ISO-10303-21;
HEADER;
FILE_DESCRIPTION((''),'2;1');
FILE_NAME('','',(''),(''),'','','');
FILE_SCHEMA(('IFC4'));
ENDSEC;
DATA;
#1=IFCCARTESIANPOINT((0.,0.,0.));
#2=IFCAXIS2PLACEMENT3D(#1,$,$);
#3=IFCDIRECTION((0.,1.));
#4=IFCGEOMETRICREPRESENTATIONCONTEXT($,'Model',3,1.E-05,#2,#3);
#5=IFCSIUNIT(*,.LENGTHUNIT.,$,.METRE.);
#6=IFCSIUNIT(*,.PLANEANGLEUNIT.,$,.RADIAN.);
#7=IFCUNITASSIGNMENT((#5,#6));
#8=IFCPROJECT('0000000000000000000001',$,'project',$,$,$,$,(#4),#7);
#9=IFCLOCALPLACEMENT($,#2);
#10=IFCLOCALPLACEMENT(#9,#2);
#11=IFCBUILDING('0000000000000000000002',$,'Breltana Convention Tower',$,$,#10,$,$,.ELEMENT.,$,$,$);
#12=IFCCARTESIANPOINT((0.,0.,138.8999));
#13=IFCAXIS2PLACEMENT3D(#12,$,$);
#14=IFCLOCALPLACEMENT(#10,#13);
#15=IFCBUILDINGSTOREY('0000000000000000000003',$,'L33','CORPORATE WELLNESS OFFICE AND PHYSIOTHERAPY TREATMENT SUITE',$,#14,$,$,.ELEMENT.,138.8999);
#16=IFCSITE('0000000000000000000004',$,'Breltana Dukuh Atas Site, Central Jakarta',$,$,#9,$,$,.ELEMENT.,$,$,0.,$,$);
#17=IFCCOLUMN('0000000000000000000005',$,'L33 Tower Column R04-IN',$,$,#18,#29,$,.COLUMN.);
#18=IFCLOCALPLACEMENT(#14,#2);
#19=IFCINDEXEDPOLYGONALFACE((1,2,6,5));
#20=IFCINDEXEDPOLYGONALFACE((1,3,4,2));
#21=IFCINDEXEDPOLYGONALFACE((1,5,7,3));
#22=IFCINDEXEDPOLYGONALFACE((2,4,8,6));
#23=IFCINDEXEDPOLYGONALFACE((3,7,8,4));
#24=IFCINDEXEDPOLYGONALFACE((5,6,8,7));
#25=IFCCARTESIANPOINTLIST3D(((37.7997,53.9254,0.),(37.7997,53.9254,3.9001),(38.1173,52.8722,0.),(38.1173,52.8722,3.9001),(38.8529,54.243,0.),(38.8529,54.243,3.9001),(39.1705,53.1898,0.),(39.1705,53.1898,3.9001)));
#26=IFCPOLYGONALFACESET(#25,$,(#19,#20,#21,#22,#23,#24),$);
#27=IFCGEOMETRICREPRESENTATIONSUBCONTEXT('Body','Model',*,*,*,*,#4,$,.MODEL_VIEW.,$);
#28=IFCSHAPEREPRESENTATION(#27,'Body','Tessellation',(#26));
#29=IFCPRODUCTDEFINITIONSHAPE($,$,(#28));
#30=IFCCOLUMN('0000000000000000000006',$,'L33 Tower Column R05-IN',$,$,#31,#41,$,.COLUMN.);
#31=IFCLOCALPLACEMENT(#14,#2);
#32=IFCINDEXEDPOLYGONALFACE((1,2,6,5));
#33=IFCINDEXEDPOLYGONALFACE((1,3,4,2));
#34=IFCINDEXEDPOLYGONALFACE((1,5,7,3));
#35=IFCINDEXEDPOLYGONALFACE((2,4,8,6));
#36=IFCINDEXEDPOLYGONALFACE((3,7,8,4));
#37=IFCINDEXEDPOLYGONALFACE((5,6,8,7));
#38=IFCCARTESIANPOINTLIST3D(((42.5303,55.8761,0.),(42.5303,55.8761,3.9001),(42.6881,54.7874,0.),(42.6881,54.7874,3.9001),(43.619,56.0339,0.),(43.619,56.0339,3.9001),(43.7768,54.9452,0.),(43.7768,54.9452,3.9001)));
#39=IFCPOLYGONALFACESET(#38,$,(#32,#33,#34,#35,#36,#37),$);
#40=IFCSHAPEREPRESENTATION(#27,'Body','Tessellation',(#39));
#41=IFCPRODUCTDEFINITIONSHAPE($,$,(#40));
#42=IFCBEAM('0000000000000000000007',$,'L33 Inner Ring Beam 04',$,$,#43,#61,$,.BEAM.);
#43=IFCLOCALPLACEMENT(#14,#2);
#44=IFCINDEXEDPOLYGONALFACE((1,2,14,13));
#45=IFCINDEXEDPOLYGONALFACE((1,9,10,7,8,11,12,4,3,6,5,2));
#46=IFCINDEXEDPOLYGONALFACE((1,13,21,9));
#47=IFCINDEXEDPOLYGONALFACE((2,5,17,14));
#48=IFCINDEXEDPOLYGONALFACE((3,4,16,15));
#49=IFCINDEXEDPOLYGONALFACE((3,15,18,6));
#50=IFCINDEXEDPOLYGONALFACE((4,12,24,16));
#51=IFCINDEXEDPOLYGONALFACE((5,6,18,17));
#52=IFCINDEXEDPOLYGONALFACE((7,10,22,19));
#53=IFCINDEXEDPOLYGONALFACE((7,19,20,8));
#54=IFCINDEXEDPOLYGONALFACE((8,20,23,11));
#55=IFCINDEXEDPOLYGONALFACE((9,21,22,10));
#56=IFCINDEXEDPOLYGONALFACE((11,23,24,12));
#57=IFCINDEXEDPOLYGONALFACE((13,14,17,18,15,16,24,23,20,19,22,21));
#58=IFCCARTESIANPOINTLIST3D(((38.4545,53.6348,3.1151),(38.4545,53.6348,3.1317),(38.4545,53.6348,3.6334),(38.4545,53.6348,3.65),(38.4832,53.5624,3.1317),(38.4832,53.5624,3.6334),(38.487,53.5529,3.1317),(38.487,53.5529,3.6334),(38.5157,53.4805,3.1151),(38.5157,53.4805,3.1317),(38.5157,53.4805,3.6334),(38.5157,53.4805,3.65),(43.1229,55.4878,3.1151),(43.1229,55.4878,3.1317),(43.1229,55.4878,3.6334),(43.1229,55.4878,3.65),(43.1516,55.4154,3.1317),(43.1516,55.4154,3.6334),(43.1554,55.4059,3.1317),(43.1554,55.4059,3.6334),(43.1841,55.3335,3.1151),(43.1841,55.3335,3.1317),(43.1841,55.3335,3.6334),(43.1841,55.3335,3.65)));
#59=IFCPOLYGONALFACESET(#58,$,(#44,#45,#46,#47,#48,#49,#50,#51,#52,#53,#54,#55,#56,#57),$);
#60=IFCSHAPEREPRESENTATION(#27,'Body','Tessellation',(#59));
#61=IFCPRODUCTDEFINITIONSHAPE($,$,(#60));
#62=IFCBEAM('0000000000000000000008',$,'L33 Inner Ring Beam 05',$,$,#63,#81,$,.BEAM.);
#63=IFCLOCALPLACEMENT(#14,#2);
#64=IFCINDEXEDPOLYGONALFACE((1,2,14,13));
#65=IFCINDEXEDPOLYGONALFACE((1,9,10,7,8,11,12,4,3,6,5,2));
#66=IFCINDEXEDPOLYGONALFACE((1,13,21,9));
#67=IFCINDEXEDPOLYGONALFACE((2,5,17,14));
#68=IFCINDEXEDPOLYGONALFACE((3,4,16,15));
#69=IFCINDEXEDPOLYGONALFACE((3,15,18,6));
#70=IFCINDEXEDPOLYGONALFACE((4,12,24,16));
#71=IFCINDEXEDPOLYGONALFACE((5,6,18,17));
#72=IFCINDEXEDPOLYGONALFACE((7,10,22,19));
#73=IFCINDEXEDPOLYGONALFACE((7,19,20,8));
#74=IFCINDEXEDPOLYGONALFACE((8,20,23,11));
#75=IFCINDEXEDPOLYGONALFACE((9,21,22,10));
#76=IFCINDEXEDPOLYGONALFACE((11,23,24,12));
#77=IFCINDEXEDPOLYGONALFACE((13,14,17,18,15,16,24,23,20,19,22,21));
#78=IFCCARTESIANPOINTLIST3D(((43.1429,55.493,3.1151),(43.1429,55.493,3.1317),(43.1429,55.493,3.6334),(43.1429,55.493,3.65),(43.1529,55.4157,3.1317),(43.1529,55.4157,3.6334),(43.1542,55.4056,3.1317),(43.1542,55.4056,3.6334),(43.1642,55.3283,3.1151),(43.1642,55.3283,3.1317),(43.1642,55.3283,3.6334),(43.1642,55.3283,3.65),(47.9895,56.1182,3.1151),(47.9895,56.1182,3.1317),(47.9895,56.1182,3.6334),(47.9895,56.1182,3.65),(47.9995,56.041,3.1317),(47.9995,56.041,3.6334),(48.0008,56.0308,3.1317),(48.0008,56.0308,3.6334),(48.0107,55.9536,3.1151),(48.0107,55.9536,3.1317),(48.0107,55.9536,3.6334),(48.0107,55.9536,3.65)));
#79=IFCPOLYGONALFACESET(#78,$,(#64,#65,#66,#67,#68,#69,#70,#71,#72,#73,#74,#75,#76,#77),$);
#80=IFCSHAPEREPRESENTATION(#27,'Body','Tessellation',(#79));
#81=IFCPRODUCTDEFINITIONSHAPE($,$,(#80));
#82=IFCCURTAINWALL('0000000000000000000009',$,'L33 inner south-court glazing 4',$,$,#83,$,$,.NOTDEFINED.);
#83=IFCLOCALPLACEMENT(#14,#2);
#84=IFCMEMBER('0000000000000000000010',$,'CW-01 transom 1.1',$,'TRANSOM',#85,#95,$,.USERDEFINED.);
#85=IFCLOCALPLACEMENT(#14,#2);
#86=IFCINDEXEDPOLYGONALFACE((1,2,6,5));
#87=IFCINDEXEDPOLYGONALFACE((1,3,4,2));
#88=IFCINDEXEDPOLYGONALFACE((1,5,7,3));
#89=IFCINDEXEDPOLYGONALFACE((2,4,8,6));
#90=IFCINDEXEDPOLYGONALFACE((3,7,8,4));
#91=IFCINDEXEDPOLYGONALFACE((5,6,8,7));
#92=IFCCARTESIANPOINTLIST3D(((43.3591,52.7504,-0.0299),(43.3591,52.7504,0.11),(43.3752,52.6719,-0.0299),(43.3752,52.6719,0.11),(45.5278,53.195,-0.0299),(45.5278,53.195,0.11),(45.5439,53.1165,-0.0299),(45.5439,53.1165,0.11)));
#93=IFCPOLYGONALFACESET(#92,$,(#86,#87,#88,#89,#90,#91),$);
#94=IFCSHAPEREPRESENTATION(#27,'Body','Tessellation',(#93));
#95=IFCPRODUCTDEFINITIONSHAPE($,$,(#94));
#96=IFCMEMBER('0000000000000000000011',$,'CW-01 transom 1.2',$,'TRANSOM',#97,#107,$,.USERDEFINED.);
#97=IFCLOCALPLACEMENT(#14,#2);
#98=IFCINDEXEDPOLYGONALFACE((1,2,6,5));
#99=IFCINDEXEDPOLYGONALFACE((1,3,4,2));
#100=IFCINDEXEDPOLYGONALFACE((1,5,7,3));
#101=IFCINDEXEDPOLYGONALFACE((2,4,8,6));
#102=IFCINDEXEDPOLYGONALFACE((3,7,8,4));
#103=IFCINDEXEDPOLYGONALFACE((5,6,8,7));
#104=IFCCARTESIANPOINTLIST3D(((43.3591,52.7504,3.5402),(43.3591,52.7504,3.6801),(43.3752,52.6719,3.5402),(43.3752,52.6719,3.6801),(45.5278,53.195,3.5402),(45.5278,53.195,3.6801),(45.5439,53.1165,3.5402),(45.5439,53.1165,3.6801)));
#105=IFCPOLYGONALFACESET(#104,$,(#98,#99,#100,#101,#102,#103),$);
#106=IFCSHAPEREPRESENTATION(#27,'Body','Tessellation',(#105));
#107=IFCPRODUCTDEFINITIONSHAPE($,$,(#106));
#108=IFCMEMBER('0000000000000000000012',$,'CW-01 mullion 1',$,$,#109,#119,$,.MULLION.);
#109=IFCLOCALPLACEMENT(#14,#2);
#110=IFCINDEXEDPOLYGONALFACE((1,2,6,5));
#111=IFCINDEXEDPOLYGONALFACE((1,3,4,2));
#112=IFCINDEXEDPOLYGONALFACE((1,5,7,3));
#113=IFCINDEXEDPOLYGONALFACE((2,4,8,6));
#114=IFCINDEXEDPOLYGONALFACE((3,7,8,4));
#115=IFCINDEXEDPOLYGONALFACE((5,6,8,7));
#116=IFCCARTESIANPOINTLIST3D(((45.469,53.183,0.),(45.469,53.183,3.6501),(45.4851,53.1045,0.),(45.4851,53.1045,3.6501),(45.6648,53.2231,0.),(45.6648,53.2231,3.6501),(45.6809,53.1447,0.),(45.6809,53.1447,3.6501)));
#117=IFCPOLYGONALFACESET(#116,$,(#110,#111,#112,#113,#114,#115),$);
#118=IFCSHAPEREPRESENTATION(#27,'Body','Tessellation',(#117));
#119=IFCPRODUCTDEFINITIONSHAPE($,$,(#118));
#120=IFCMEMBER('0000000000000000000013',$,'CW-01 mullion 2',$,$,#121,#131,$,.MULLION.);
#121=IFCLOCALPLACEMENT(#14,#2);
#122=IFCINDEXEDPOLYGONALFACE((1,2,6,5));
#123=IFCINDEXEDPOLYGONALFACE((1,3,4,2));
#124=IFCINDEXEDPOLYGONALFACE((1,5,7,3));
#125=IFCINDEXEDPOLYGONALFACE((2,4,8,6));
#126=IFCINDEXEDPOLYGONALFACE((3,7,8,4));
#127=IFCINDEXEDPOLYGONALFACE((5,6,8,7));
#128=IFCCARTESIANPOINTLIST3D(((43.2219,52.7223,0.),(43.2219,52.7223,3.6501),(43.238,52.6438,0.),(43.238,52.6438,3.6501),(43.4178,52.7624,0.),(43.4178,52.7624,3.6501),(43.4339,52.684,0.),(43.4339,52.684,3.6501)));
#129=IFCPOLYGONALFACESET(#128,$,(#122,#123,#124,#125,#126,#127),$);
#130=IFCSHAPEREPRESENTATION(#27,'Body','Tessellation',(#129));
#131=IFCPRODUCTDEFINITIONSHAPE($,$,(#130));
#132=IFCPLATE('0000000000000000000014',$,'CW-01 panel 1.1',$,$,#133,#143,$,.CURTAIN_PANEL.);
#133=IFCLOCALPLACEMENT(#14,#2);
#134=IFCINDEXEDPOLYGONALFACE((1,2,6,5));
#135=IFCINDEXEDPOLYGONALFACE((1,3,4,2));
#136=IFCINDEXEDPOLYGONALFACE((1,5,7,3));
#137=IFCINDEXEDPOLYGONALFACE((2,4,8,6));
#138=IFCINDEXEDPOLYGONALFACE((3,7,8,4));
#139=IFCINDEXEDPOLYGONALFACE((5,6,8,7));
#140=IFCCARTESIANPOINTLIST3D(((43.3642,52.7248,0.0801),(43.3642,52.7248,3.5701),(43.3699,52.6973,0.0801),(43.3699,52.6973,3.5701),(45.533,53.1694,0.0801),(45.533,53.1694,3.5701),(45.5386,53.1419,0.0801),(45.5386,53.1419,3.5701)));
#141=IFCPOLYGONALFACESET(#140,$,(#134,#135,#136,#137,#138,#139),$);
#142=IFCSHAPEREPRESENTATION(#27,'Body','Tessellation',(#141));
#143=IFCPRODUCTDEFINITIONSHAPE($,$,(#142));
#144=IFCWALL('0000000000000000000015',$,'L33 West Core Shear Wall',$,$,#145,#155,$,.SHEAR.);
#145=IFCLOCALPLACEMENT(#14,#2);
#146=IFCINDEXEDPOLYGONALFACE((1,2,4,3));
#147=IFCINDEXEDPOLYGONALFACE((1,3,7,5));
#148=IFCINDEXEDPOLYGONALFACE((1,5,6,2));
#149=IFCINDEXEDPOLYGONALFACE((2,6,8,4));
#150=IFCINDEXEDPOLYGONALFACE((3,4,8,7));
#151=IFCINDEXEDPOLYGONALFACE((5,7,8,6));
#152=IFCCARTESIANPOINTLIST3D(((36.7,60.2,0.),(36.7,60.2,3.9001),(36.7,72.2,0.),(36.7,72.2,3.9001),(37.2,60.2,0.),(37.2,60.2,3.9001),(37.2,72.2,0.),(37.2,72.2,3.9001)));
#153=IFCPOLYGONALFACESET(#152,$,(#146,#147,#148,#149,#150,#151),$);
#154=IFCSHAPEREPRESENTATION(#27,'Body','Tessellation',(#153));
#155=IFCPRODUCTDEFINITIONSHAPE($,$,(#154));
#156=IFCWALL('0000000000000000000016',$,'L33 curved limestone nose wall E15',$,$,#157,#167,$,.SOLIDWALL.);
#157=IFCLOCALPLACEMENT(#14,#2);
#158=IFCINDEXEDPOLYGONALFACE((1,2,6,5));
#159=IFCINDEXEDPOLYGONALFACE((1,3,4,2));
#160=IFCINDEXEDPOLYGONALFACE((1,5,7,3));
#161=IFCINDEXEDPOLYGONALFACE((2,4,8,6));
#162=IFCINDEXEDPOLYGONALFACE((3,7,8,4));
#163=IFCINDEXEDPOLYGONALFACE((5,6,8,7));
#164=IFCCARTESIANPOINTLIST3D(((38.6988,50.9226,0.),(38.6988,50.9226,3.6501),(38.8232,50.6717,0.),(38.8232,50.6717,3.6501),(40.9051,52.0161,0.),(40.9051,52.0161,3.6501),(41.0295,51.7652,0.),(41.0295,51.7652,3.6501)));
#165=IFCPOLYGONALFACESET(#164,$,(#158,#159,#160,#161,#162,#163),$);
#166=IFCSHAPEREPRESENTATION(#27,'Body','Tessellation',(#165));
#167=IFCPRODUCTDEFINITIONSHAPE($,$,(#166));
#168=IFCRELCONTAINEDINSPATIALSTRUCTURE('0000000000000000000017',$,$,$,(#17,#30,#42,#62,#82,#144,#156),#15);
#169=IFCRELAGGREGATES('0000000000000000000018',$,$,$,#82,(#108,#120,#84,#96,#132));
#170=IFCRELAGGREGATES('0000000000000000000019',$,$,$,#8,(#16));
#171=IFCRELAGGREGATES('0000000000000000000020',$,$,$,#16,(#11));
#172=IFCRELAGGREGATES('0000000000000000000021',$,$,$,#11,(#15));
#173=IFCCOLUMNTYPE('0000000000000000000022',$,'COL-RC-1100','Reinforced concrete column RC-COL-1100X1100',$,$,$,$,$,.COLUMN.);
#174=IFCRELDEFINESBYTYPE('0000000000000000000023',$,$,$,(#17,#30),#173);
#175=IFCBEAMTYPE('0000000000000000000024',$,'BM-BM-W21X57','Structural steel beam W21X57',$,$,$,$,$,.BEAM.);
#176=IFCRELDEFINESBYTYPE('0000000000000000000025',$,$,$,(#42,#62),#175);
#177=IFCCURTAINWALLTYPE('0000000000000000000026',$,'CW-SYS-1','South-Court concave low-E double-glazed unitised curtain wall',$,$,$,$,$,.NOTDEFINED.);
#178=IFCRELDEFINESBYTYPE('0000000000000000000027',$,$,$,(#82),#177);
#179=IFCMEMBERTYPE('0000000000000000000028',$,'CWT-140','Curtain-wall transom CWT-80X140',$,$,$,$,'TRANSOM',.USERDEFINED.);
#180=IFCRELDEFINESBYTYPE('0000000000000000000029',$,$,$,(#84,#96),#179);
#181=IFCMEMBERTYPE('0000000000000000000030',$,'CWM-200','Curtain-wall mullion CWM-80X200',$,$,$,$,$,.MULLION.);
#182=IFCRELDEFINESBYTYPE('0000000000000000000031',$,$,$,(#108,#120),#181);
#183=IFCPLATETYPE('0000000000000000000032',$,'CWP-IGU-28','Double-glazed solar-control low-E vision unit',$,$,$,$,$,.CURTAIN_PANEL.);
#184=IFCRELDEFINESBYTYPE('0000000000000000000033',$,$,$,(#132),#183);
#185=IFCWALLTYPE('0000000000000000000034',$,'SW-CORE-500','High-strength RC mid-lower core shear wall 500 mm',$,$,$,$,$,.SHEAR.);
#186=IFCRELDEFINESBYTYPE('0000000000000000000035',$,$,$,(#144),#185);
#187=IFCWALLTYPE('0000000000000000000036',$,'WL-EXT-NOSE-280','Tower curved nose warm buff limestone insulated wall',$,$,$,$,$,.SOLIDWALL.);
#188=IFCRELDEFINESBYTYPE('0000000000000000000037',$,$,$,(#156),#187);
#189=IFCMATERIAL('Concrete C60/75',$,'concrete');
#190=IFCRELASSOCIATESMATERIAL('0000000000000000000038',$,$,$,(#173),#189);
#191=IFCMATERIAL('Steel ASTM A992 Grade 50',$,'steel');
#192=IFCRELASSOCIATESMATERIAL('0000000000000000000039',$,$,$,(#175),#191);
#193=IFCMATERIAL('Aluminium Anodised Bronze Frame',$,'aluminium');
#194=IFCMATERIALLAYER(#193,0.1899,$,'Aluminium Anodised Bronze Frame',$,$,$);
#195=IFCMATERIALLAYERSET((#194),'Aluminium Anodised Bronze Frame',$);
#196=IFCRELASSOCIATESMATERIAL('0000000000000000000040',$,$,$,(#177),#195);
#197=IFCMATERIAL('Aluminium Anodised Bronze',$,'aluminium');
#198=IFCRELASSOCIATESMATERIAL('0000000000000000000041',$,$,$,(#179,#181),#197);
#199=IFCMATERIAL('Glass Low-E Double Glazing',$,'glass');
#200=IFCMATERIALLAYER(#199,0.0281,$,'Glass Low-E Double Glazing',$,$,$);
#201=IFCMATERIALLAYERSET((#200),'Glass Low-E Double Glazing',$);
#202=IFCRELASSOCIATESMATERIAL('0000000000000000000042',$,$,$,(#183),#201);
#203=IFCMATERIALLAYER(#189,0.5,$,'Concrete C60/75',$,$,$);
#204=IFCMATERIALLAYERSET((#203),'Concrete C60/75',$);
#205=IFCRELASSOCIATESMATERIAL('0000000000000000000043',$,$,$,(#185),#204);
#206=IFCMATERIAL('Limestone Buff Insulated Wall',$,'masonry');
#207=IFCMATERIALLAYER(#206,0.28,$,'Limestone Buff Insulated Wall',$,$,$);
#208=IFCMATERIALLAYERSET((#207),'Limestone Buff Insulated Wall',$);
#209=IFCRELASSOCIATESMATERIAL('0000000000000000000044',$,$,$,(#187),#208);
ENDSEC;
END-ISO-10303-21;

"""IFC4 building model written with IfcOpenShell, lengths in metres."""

from ifc_helpers import new_model, si_unit, direction, frame, frame_2d, origin, origin_2d, place, context, subcontext, project, spatial, rectangle, i_section, extrude, source, transform, mapped, material, layer, layer_set, material_profile, profile_set, type_object, element, aggregate, save


model = new_model("IFC4")

# Units and contexts
model_context = context("Model", 3, precision=1e-05, world=origin(), true_north=direction((0.0, 1.0)))
body_context = subcontext(model_context, "Body", "Model", "MODEL_VIEW")
ifc_project = project(units=[si_unit("LENGTHUNIT", "METRE"), si_unit("PLANEANGLEUNIT", "RADIAN")], contexts=[model_context])

# Site, building, storey
site_placement = place(None, origin())
site = spatial("IfcSite", under=ifc_project, at=site_placement, Name="Breltana Dukuh Atas Site, Central Jakarta", CompositionType="ELEMENT", RefElevation=0.0)
building_placement = place(site_placement, origin())
building = spatial("IfcBuilding", under=site, at=building_placement, Name="Breltana Convention Tower", CompositionType="ELEMENT")
storey_placement = place(building_placement, frame((0.0, 0.0, 138.8999)))
storey = spatial("IfcBuildingStorey", under=building, at=storey_placement, Name="L33", Description="CORPORATE WELLNESS OFFICE AND PHYSIOTHERAPY TREATMENT SUITE", CompositionType="ELEMENT", Elevation=138.8999)

# Columns
ifc_material_1 = material(Name="Concrete C60/75", Category="concrete")
ifc_material_profile_1 = material_profile(ifc_material_1, rectangle(XDim=1.1001, YDim=1.1001, at=origin_2d()), Name="RC-COL-1100X1100")
ifc_profile_set_1 = profile_set([ifc_material_profile_1], Name="Concrete C60/75")
column_type = type_object("IfcColumnType", Name="COL-RC-1100", Description="Reinforced concrete column RC-COL-1100X1100", PredefinedType="COLUMN", material=ifc_profile_set_1)
shared_shape_1 = source(origin(), body_context, "Body", "SweptSolid", [
    extrude(rectangle(XDim=1.1001, YDim=1.1001, at=origin_2d()), origin(), (0.0, 0.0, 1.0), 3.9001),
])
for number, where, z_axis, x_axis, name in (
    (1, (38.4851, 53.5576, 0.0), (0.0, 0.0, 1.0), (-0.288698, 0.95742, 0.0), "L33 Tower Column R04-IN"),
    (2, (43.1536, 55.4106, 0.0), (0.0, 0.0, 1.0), (-0.143493, 0.989651, 0.0), "L33 Tower Column R05-IN"),
):
    element("IfcColumn", number, at=place(storey_placement, frame(where, z_axis=z_axis, x_axis=x_axis)), inside=storey, type_object=column_type, Name=name, PredefinedType="COLUMN", context=body_context, shape_type="MappedRepresentation", body=[
        mapped(shared_shape_1, transform((0.0, 0.0, 0.0), scale=1.0)),
    ])

# Beams
ifc_material_2 = material(Name="Steel ASTM A992 Grade 50", Category="steel")
ifc_material_profile_2 = material_profile(ifc_material_2, i_section(OverallWidth=0.166, OverallDepth=0.5349, WebThickness=0.0103, FlangeThickness=0.0166, at=origin_2d()), Name="W21X57")
ifc_profile_set_2 = profile_set([ifc_material_profile_2], Name="Steel ASTM A992 Grade 50")
beam_type = type_object("IfcBeamType", Name="BM-BM-W21X57", Description="Structural steel beam W21X57", PredefinedType="BEAM", material=ifc_profile_set_2)
shared_shape_2 = source(origin(), body_context, "Body", "SweptSolid", [
    extrude(i_section(OverallWidth=0.166, OverallDepth=0.5349, WebThickness=0.0103, FlangeThickness=0.0166, at=origin_2d()), origin(), (0.0, 0.0, 1.0), 5.0227),
])
beam_1_placement = place(storey_placement, frame((38.4851, 53.5576, 3.3826), z_axis=(0.929459, 0.368926, 0.0), x_axis=(-0.368926, 0.929459, 0.0)))
element("IfcBeam", 3, at=beam_1_placement, inside=storey, type_object=beam_type, Name="L33 Inner Ring Beam 04", PredefinedType="BEAM", context=body_context, shape_type="MappedRepresentation", body=[
    mapped(shared_shape_2, transform((0.0, 0.0, 0.0), scale=1.0)),
])
shared_shape_3 = source(origin(), body_context, "Body", "SweptSolid", [
    extrude(i_section(OverallWidth=0.166, OverallDepth=0.5349, WebThickness=0.0103, FlangeThickness=0.0166, at=origin_2d()), origin(), (0.0, 0.0, 1.0), 4.8867),
])
beam_2_placement = place(storey_placement, frame((43.1536, 55.4106, 3.3826), z_axis=(0.991781, 0.127951, 0.0), x_axis=(-0.127951, 0.991781, 0.0)))
element("IfcBeam", 4, at=beam_2_placement, inside=storey, type_object=beam_type, Name="L33 Inner Ring Beam 05", PredefinedType="BEAM", context=body_context, shape_type="MappedRepresentation", body=[
    mapped(shared_shape_3, transform((0.0, 0.0, 0.0), scale=1.0)),
])

# Curtain wall, members, plate
ifc_material_3 = material(Name="Aluminium Anodised Bronze Frame", Category="aluminium")
ifc_layer_1 = layer(ifc_material_3, 0.1899, Name="Aluminium Anodised Bronze Frame")
ifc_layer_set_1 = layer_set([ifc_layer_1], Name="Aluminium Anodised Bronze Frame")
curtain_wall_type = type_object("IfcCurtainWallType", Name="CW-SYS-1", Description="South-Court concave low-E double-glazed unitised curtain wall", PredefinedType="NOTDEFINED", material=ifc_layer_set_1)
curtain_wall_placement = place(storey_placement, origin())
curtain_wall = element("IfcCurtainWall", 5, at=curtain_wall_placement, inside=storey, type_object=curtain_wall_type, Name="L33 inner south-court glazing 4", PredefinedType="NOTDEFINED")
ifc_material_4 = material(Name="Aluminium Anodised Bronze", Category="aluminium")
ifc_material_profile_3 = material_profile(ifc_material_4, rectangle(XDim=0.0801, YDim=0.1399, at=origin_2d()), Name="CWT-80X140")
ifc_profile_set_3 = profile_set([ifc_material_profile_3], Name="Aluminium Anodised Bronze")
member_type_1 = type_object("IfcMemberType", Name="CWT-140", Description="Curtain-wall transom CWT-80X140", ElementType="TRANSOM", PredefinedType="USERDEFINED", material=ifc_profile_set_3)
shared_shape_4 = source(origin(), body_context, "Body", "SweptSolid", [
    extrude(rectangle(XDim=0.0801, YDim=0.1399, at=origin_2d()), origin(), (0.0, 0.0, 1.0), 2.2139),
])
member_1_placement = place(storey_placement, frame((45.5359, 53.1558, 0.04), z_axis=(-0.979628, -0.200822, 0.0), x_axis=(0.200822, -0.979628, 0.0)))
member_1 = element("IfcMember", 6, at=member_1_placement, type_object=member_type_1, Name="CW-01 transom 1.1", ObjectType="TRANSOM", PredefinedType="USERDEFINED", context=body_context, shape_type="MappedRepresentation", body=[
    mapped(shared_shape_4, transform((0.0, 0.0, 0.0), scale=1.0)),
])
member_2_placement = place(storey_placement, frame((45.5359, 53.1558, 3.6101), z_axis=(-0.979628, -0.200822, 0.0), x_axis=(0.200822, -0.979628, 0.0)))
member_2 = element("IfcMember", 7, at=member_2_placement, type_object=member_type_1, Name="CW-01 transom 1.2", ObjectType="TRANSOM", PredefinedType="USERDEFINED", context=body_context, shape_type="MappedRepresentation", body=[
    mapped(shared_shape_4, transform((0.0, 0.0, 0.0), scale=1.0)),
])
ifc_material_profile_4 = material_profile(ifc_material_4, rectangle(XDim=0.0801, YDim=0.2, at=origin_2d()), Name="CWM-80X200")
ifc_profile_set_4 = profile_set([ifc_material_profile_4], Name="Aluminium Anodised Bronze")
member_type_2 = type_object("IfcMemberType", Name="CWM-200", Description="Curtain-wall mullion CWM-80X200", PredefinedType="MULLION", material=ifc_profile_set_4)
shared_shape_5 = source(origin(), body_context, "Body", "SweptSolid", [
    extrude(rectangle(XDim=0.0801, YDim=0.2, at=origin_2d()), origin(), (0.0, 0.0, 1.0), 3.6501),
])
member_3_placement = place(storey_placement, frame((45.575, 53.1638, 0.0), z_axis=(0.0, 0.0, 1.0), x_axis=(0.200853, -0.979621, 0.0)))
member_3 = element("IfcMember", 8, at=member_3_placement, type_object=member_type_2, Name="CW-01 mullion 1", PredefinedType="MULLION", context=body_context, shape_type="MappedRepresentation", body=[
    mapped(shared_shape_5, transform((0.0, 0.0, 0.0), scale=1.0)),
])
member_4_placement = place(storey_placement, frame((43.3279, 52.7031, 0.0), z_axis=(0.0, 0.0, 1.0), x_axis=(0.200853, -0.979621, 0.0)))
member_4 = element("IfcMember", 9, at=member_4_placement, type_object=member_type_2, Name="CW-01 mullion 2", PredefinedType="MULLION", context=body_context, shape_type="MappedRepresentation", body=[
    mapped(shared_shape_5, transform((0.0, 0.0, 0.0), scale=1.0)),
])
ifc_material_5 = material(Name="Glass Low-E Double Glazing", Category="glass")
ifc_layer_2 = layer(ifc_material_5, 0.0281, Name="Glass Low-E Double Glazing")
ifc_layer_set_2 = layer_set([ifc_layer_2], Name="Glass Low-E Double Glazing")
plate_type = type_object("IfcPlateType", Name="CWP-IGU-28", Description="Double-glazed solar-control low-E vision unit", PredefinedType="CURTAIN_PANEL", material=ifc_layer_set_2)
shared_shape_6 = source(origin(), body_context, "Body", "SweptSolid", [
    extrude(rectangle(XDim=2.2139, YDim=0.0281, at=origin_2d()), origin(), (0.0, 0.0, 1.0), 3.49),
])
plate_placement = place(storey_placement, frame((44.4514, 52.9333, 0.0801), z_axis=(0.0, 0.0, 1.0), x_axis=(-0.979621, -0.200853, 0.0)))
plate = element("IfcPlate", 10, at=plate_placement, type_object=plate_type, Name="CW-01 panel 1.1", PredefinedType="CURTAIN_PANEL", context=body_context, shape_type="MappedRepresentation", body=[
    mapped(shared_shape_6, transform((0.0, 0.0, 0.0), scale=1.0)),
])
aggregate(curtain_wall, [member_3, member_4, member_1, member_2, plate])

# Walls
ifc_layer_3 = layer(ifc_material_1, 0.5, Name="Concrete C60/75")
ifc_layer_set_3 = layer_set([ifc_layer_3], Name="Concrete C60/75")
wall_type_1 = type_object("IfcWallType", Name="SW-CORE-500", Description="High-strength RC mid-lower core shear wall 500 mm", PredefinedType="SHEAR", material=ifc_layer_set_3)
shared_shape_7 = source(origin(), body_context, "Body", "SweptSolid", [
    extrude(rectangle(XDim=12.0, YDim=0.5, at=frame_2d((6.0, 0.0))), origin(), (0.0, 0.0, 1.0), 3.9001),
])
wall_1_placement = place(storey_placement, frame((36.95, 60.2, 0.0), z_axis=(0.0, 0.0, 1.0), x_axis=(0.0, 1.0, 0.0)))
element("IfcWall", 11, at=wall_1_placement, inside=storey, type_object=wall_type_1, Name="L33 West Core Shear Wall", PredefinedType="SHEAR", context=body_context, shape_type="MappedRepresentation", body=[
    mapped(shared_shape_7, transform((0.0, 0.0, 0.0), scale=1.0)),
])
ifc_material_6 = material(Name="Limestone Buff Insulated Wall", Category="masonry")
ifc_layer_4 = layer(ifc_material_6, 0.28, Name="Limestone Buff Insulated Wall")
ifc_layer_set_4 = layer_set([ifc_layer_4], Name="Limestone Buff Insulated Wall")
wall_type_2 = type_object("IfcWallType", Name="WL-EXT-NOSE-280", Description="Tower curved nose warm buff limestone insulated wall", PredefinedType="SOLIDWALL", material=ifc_layer_set_4)
shared_shape_8 = source(origin(), body_context, "Body", "SweptSolid", [
    extrude(rectangle(XDim=2.4624, YDim=0.28, at=frame_2d((1.2312, 0.0))), origin(), (0.0, 0.0, 1.0), 3.6501),
])
wall_2_placement = place(storey_placement, frame((40.9673, 51.8906, 0.0), z_axis=(0.0, 0.0, 1.0), x_axis=(-0.895988, -0.444078, 0.0)))
element("IfcWall", 12, at=wall_2_placement, inside=storey, type_object=wall_type_2, Name="L33 curved limestone nose wall E15", PredefinedType="SOLIDWALL", context=body_context, shape_type="MappedRepresentation", body=[
    mapped(shared_shape_8, transform((0.0, 0.0, 0.0), scale=1.0)),
])

save(model, "model.ifc")
